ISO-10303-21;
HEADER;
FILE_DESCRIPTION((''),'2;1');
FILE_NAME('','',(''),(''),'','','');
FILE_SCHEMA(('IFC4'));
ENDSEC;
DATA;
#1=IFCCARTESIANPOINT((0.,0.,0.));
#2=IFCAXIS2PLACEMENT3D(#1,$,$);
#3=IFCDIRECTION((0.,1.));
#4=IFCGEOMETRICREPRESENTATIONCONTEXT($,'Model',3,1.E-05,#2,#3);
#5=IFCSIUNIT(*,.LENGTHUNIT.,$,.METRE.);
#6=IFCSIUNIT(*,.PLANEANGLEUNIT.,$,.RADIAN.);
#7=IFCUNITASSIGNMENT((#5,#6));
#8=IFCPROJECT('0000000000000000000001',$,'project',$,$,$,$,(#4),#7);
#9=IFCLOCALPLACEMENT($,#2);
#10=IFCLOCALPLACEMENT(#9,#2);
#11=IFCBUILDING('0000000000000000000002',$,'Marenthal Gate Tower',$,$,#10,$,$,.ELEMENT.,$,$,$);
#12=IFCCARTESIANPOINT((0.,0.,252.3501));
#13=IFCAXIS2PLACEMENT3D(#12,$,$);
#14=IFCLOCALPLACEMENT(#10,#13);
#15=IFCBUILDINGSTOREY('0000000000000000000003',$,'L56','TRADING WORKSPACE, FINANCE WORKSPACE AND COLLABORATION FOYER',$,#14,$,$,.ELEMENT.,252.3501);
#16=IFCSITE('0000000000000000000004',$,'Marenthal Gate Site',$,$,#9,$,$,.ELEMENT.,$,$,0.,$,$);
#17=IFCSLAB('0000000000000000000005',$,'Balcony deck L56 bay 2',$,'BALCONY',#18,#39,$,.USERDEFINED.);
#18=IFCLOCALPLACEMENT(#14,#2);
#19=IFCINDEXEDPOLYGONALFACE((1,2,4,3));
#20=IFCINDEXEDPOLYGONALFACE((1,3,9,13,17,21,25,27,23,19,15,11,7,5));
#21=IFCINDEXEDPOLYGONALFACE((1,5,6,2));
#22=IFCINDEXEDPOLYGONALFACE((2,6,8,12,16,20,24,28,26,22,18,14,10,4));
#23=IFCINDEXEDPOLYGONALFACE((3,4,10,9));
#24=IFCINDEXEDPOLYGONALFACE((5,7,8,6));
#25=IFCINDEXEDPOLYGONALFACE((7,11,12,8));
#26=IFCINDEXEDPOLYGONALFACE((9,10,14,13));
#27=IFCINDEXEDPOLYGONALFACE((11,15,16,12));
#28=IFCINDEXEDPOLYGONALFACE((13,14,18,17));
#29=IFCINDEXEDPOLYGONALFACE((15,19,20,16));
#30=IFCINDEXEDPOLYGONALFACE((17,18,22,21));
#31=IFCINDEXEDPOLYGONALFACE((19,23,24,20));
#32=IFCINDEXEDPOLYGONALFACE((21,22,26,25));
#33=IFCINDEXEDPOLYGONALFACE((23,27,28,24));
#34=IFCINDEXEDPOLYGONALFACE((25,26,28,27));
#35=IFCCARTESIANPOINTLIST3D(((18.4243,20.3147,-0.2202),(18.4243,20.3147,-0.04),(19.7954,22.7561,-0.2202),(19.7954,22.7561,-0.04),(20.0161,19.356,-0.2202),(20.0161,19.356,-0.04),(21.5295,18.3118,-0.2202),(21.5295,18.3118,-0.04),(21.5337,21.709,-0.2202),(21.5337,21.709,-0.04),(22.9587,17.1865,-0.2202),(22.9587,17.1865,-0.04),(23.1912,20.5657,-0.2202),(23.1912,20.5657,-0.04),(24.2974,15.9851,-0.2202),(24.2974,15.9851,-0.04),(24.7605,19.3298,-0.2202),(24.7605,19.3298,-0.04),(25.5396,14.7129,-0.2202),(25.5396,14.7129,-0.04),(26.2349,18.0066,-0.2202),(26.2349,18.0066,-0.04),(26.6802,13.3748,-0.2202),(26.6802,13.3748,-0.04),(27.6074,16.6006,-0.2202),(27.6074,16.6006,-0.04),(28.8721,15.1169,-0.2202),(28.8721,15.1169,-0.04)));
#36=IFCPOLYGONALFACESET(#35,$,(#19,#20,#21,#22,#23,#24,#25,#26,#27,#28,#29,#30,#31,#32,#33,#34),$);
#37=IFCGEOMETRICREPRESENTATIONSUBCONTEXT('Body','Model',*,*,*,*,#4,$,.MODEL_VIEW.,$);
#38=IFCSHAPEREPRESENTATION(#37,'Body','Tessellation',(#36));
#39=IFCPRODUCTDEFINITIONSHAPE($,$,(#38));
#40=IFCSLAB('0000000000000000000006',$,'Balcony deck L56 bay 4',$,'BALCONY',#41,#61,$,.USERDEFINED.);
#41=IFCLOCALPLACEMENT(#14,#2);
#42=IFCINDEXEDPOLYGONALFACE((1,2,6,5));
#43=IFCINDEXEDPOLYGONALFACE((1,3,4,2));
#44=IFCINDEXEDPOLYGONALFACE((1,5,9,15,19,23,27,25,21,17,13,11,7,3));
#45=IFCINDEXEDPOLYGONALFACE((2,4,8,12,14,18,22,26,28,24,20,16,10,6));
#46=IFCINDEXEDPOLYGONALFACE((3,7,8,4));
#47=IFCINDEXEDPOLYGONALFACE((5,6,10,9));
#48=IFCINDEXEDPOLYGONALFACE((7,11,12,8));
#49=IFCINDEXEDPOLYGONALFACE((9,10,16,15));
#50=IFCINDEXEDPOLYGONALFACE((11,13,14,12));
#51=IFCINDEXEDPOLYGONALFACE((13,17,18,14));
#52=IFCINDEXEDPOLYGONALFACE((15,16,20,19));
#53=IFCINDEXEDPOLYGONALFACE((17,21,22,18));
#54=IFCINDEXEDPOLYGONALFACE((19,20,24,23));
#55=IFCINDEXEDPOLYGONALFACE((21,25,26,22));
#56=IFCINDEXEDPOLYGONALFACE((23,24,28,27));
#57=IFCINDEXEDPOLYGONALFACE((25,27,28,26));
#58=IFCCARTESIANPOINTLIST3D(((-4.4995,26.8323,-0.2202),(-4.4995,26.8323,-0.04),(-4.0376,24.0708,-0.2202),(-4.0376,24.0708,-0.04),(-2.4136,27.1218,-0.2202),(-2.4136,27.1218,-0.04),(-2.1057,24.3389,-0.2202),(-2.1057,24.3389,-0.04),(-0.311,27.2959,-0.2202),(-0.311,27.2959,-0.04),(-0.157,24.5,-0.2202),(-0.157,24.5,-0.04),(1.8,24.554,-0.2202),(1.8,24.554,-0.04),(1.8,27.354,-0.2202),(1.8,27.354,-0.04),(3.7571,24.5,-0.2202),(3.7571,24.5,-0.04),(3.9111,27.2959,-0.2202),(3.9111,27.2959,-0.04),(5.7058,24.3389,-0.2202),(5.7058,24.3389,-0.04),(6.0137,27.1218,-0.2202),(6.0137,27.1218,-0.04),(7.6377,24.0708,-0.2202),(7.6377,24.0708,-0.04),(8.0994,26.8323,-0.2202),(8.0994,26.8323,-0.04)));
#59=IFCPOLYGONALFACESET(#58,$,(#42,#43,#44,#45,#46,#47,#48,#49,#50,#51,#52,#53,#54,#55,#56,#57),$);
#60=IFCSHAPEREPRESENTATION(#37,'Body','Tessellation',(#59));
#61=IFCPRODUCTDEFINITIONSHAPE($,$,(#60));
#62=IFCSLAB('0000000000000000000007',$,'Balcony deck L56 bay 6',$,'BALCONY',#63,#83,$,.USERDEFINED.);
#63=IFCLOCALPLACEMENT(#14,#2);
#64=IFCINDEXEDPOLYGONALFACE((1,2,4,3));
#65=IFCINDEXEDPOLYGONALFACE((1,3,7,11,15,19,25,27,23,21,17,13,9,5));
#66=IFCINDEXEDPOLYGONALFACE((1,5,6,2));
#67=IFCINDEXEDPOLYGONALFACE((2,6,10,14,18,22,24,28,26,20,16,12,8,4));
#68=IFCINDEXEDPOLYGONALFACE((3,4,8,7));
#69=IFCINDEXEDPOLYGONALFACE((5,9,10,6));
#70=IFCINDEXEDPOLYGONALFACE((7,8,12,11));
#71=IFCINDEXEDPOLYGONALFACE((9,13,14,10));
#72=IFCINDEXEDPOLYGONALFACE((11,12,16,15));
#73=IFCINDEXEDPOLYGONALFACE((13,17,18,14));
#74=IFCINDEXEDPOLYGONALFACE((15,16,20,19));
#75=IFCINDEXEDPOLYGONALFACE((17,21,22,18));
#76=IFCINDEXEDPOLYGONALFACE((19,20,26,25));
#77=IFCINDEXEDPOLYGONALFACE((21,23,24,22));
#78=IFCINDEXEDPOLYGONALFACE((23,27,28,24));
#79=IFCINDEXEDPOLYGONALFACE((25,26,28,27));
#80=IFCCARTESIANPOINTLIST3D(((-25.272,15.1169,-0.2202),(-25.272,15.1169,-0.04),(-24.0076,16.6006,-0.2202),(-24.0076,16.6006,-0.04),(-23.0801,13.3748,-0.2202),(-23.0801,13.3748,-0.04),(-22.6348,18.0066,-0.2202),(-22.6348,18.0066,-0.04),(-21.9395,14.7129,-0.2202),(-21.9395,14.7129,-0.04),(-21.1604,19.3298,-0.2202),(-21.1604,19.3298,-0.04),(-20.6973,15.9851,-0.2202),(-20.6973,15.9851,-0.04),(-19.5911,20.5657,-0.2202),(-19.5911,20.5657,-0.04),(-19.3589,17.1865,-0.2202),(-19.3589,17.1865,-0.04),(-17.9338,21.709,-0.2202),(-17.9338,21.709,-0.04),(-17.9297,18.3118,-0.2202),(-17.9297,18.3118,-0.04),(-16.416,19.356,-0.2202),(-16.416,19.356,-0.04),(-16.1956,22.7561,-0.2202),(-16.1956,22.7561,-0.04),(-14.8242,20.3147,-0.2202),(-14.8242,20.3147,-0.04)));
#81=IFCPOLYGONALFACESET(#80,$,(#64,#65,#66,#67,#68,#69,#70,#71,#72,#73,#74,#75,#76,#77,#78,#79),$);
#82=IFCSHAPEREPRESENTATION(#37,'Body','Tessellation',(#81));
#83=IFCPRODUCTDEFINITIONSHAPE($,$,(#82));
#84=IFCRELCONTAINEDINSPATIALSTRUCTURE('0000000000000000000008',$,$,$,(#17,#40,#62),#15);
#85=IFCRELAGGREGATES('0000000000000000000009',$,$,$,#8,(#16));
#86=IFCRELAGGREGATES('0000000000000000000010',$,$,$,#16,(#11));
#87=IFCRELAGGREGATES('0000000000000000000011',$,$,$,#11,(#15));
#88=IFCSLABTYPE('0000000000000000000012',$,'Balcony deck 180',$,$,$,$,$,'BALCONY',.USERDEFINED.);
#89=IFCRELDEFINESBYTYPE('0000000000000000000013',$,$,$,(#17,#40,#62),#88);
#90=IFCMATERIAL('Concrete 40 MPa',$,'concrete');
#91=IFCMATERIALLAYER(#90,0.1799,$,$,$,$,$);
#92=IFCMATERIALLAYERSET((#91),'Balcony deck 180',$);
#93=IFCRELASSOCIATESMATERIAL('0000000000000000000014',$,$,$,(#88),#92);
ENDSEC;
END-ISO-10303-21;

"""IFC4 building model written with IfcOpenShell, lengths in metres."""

from ifc_helpers import new_model, si_unit, direction, frame, origin, place, context, subcontext, project, spatial, polyline, outline, extrude, material, layer, layer_set, type_object, element, save


model = new_model("IFC4")

# Units and contexts
model_context = context("Model", 3, precision=1e-05, world=origin(), true_north=direction((0.0, 1.0)))
body_context = subcontext(model_context, "Body", "Model", "MODEL_VIEW")
ifc_project = project(units=[si_unit("LENGTHUNIT", "METRE"), si_unit("PLANEANGLEUNIT", "RADIAN")], contexts=[model_context])

# Site, building, storey
site_placement = place(None, origin())
site = spatial("IfcSite", under=ifc_project, at=site_placement, Name="Marenthal Gate Site", CompositionType="ELEMENT", RefElevation=0.0)
building_placement = place(site_placement, origin())
building = spatial("IfcBuilding", under=site, at=building_placement, Name="Marenthal Gate Tower", CompositionType="ELEMENT")
storey_placement = place(building_placement, frame((0.0, 0.0, 252.3501)))
storey = spatial("IfcBuildingStorey", under=building, at=storey_placement, Name="L56", Description="TRADING WORKSPACE, FINANCE WORKSPACE AND COLLABORATION FOYER", CompositionType="ELEMENT", Elevation=252.3501)

# Slabs
ifc_material_1 = material(Name="Concrete 40 MPa", Category="concrete")
ifc_layer_1 = layer(ifc_material_1, 0.1799)
ifc_layer_set_1 = layer_set([ifc_layer_1], Name="Balcony deck 180")
slab_type_1 = type_object("IfcSlabType", Name="Balcony deck 180", ElementType="BALCONY", PredefinedType="USERDEFINED", material=ifc_layer_set_1)
slab_1_placement = place(storey_placement, frame((0.0, 0.0, -0.2202)))
element("IfcSlab", 1, at=slab_1_placement, inside=storey, type_object=slab_type_1, Name="Balcony deck L56 bay 2", ObjectType="BALCONY", PredefinedType="USERDEFINED", context=body_context, shape_type="SweptSolid", body=[
    extrude(outline(polyline([(26.6802, 13.3748), (25.5396, 14.7129), (24.2974, 15.9851), (22.9587, 17.1865), (21.5295, 18.3118), (20.0161, 19.356), (18.4243, 20.3147), (19.7954, 22.7561), (21.5337, 21.709), (23.1912, 20.5657), (24.7605, 19.3298), (26.2349, 18.0066), (27.6074, 16.6006), (28.8721, 15.1169), (26.6802, 13.3748)])), origin(), (0.0, 0.0, 1.0), 0.1802),
])
slab_2_placement = place(storey_placement, frame((0.0, 0.0, -0.2202)))
element("IfcSlab", 2, at=slab_2_placement, inside=storey, type_object=slab_type_1, Name="Balcony deck L56 bay 4", ObjectType="BALCONY", PredefinedType="USERDEFINED", context=body_context, shape_type="SweptSolid", body=[
    extrude(outline(polyline([(7.6377, 24.0708), (5.7058, 24.3389), (3.7571, 24.5), (1.8, 24.554), (-0.157, 24.5), (-2.1057, 24.3389), (-4.0376, 24.0708), (-4.4995, 26.8323), (-2.4136, 27.1218), (-0.311, 27.2959), (1.8, 27.354), (3.9111, 27.2959), (6.0137, 27.1218), (8.0994, 26.8323), (7.6377, 24.0708)])), origin(), (0.0, 0.0, 1.0), 0.1802),
])
slab_3_placement = place(storey_placement, frame((0.0, 0.0, -0.2202)))
element("IfcSlab", 3, at=slab_3_placement, inside=storey, type_object=slab_type_1, Name="Balcony deck L56 bay 6", ObjectType="BALCONY", PredefinedType="USERDEFINED", context=body_context, shape_type="SweptSolid", body=[
    extrude(outline(polyline([(-14.8242, 20.3147), (-16.416, 19.356), (-17.9297, 18.3118), (-19.3589, 17.1865), (-20.6973, 15.9851), (-21.9395, 14.7129), (-23.0801, 13.3748), (-25.272, 15.1169), (-24.0076, 16.6006), (-22.6348, 18.0066), (-21.1604, 19.3298), (-19.5911, 20.5657), (-17.9338, 21.709), (-16.1956, 22.7561), (-14.8242, 20.3147)])), origin(), (0.0, 0.0, 1.0), 0.1802),
])

save(model, "model.ifc")
